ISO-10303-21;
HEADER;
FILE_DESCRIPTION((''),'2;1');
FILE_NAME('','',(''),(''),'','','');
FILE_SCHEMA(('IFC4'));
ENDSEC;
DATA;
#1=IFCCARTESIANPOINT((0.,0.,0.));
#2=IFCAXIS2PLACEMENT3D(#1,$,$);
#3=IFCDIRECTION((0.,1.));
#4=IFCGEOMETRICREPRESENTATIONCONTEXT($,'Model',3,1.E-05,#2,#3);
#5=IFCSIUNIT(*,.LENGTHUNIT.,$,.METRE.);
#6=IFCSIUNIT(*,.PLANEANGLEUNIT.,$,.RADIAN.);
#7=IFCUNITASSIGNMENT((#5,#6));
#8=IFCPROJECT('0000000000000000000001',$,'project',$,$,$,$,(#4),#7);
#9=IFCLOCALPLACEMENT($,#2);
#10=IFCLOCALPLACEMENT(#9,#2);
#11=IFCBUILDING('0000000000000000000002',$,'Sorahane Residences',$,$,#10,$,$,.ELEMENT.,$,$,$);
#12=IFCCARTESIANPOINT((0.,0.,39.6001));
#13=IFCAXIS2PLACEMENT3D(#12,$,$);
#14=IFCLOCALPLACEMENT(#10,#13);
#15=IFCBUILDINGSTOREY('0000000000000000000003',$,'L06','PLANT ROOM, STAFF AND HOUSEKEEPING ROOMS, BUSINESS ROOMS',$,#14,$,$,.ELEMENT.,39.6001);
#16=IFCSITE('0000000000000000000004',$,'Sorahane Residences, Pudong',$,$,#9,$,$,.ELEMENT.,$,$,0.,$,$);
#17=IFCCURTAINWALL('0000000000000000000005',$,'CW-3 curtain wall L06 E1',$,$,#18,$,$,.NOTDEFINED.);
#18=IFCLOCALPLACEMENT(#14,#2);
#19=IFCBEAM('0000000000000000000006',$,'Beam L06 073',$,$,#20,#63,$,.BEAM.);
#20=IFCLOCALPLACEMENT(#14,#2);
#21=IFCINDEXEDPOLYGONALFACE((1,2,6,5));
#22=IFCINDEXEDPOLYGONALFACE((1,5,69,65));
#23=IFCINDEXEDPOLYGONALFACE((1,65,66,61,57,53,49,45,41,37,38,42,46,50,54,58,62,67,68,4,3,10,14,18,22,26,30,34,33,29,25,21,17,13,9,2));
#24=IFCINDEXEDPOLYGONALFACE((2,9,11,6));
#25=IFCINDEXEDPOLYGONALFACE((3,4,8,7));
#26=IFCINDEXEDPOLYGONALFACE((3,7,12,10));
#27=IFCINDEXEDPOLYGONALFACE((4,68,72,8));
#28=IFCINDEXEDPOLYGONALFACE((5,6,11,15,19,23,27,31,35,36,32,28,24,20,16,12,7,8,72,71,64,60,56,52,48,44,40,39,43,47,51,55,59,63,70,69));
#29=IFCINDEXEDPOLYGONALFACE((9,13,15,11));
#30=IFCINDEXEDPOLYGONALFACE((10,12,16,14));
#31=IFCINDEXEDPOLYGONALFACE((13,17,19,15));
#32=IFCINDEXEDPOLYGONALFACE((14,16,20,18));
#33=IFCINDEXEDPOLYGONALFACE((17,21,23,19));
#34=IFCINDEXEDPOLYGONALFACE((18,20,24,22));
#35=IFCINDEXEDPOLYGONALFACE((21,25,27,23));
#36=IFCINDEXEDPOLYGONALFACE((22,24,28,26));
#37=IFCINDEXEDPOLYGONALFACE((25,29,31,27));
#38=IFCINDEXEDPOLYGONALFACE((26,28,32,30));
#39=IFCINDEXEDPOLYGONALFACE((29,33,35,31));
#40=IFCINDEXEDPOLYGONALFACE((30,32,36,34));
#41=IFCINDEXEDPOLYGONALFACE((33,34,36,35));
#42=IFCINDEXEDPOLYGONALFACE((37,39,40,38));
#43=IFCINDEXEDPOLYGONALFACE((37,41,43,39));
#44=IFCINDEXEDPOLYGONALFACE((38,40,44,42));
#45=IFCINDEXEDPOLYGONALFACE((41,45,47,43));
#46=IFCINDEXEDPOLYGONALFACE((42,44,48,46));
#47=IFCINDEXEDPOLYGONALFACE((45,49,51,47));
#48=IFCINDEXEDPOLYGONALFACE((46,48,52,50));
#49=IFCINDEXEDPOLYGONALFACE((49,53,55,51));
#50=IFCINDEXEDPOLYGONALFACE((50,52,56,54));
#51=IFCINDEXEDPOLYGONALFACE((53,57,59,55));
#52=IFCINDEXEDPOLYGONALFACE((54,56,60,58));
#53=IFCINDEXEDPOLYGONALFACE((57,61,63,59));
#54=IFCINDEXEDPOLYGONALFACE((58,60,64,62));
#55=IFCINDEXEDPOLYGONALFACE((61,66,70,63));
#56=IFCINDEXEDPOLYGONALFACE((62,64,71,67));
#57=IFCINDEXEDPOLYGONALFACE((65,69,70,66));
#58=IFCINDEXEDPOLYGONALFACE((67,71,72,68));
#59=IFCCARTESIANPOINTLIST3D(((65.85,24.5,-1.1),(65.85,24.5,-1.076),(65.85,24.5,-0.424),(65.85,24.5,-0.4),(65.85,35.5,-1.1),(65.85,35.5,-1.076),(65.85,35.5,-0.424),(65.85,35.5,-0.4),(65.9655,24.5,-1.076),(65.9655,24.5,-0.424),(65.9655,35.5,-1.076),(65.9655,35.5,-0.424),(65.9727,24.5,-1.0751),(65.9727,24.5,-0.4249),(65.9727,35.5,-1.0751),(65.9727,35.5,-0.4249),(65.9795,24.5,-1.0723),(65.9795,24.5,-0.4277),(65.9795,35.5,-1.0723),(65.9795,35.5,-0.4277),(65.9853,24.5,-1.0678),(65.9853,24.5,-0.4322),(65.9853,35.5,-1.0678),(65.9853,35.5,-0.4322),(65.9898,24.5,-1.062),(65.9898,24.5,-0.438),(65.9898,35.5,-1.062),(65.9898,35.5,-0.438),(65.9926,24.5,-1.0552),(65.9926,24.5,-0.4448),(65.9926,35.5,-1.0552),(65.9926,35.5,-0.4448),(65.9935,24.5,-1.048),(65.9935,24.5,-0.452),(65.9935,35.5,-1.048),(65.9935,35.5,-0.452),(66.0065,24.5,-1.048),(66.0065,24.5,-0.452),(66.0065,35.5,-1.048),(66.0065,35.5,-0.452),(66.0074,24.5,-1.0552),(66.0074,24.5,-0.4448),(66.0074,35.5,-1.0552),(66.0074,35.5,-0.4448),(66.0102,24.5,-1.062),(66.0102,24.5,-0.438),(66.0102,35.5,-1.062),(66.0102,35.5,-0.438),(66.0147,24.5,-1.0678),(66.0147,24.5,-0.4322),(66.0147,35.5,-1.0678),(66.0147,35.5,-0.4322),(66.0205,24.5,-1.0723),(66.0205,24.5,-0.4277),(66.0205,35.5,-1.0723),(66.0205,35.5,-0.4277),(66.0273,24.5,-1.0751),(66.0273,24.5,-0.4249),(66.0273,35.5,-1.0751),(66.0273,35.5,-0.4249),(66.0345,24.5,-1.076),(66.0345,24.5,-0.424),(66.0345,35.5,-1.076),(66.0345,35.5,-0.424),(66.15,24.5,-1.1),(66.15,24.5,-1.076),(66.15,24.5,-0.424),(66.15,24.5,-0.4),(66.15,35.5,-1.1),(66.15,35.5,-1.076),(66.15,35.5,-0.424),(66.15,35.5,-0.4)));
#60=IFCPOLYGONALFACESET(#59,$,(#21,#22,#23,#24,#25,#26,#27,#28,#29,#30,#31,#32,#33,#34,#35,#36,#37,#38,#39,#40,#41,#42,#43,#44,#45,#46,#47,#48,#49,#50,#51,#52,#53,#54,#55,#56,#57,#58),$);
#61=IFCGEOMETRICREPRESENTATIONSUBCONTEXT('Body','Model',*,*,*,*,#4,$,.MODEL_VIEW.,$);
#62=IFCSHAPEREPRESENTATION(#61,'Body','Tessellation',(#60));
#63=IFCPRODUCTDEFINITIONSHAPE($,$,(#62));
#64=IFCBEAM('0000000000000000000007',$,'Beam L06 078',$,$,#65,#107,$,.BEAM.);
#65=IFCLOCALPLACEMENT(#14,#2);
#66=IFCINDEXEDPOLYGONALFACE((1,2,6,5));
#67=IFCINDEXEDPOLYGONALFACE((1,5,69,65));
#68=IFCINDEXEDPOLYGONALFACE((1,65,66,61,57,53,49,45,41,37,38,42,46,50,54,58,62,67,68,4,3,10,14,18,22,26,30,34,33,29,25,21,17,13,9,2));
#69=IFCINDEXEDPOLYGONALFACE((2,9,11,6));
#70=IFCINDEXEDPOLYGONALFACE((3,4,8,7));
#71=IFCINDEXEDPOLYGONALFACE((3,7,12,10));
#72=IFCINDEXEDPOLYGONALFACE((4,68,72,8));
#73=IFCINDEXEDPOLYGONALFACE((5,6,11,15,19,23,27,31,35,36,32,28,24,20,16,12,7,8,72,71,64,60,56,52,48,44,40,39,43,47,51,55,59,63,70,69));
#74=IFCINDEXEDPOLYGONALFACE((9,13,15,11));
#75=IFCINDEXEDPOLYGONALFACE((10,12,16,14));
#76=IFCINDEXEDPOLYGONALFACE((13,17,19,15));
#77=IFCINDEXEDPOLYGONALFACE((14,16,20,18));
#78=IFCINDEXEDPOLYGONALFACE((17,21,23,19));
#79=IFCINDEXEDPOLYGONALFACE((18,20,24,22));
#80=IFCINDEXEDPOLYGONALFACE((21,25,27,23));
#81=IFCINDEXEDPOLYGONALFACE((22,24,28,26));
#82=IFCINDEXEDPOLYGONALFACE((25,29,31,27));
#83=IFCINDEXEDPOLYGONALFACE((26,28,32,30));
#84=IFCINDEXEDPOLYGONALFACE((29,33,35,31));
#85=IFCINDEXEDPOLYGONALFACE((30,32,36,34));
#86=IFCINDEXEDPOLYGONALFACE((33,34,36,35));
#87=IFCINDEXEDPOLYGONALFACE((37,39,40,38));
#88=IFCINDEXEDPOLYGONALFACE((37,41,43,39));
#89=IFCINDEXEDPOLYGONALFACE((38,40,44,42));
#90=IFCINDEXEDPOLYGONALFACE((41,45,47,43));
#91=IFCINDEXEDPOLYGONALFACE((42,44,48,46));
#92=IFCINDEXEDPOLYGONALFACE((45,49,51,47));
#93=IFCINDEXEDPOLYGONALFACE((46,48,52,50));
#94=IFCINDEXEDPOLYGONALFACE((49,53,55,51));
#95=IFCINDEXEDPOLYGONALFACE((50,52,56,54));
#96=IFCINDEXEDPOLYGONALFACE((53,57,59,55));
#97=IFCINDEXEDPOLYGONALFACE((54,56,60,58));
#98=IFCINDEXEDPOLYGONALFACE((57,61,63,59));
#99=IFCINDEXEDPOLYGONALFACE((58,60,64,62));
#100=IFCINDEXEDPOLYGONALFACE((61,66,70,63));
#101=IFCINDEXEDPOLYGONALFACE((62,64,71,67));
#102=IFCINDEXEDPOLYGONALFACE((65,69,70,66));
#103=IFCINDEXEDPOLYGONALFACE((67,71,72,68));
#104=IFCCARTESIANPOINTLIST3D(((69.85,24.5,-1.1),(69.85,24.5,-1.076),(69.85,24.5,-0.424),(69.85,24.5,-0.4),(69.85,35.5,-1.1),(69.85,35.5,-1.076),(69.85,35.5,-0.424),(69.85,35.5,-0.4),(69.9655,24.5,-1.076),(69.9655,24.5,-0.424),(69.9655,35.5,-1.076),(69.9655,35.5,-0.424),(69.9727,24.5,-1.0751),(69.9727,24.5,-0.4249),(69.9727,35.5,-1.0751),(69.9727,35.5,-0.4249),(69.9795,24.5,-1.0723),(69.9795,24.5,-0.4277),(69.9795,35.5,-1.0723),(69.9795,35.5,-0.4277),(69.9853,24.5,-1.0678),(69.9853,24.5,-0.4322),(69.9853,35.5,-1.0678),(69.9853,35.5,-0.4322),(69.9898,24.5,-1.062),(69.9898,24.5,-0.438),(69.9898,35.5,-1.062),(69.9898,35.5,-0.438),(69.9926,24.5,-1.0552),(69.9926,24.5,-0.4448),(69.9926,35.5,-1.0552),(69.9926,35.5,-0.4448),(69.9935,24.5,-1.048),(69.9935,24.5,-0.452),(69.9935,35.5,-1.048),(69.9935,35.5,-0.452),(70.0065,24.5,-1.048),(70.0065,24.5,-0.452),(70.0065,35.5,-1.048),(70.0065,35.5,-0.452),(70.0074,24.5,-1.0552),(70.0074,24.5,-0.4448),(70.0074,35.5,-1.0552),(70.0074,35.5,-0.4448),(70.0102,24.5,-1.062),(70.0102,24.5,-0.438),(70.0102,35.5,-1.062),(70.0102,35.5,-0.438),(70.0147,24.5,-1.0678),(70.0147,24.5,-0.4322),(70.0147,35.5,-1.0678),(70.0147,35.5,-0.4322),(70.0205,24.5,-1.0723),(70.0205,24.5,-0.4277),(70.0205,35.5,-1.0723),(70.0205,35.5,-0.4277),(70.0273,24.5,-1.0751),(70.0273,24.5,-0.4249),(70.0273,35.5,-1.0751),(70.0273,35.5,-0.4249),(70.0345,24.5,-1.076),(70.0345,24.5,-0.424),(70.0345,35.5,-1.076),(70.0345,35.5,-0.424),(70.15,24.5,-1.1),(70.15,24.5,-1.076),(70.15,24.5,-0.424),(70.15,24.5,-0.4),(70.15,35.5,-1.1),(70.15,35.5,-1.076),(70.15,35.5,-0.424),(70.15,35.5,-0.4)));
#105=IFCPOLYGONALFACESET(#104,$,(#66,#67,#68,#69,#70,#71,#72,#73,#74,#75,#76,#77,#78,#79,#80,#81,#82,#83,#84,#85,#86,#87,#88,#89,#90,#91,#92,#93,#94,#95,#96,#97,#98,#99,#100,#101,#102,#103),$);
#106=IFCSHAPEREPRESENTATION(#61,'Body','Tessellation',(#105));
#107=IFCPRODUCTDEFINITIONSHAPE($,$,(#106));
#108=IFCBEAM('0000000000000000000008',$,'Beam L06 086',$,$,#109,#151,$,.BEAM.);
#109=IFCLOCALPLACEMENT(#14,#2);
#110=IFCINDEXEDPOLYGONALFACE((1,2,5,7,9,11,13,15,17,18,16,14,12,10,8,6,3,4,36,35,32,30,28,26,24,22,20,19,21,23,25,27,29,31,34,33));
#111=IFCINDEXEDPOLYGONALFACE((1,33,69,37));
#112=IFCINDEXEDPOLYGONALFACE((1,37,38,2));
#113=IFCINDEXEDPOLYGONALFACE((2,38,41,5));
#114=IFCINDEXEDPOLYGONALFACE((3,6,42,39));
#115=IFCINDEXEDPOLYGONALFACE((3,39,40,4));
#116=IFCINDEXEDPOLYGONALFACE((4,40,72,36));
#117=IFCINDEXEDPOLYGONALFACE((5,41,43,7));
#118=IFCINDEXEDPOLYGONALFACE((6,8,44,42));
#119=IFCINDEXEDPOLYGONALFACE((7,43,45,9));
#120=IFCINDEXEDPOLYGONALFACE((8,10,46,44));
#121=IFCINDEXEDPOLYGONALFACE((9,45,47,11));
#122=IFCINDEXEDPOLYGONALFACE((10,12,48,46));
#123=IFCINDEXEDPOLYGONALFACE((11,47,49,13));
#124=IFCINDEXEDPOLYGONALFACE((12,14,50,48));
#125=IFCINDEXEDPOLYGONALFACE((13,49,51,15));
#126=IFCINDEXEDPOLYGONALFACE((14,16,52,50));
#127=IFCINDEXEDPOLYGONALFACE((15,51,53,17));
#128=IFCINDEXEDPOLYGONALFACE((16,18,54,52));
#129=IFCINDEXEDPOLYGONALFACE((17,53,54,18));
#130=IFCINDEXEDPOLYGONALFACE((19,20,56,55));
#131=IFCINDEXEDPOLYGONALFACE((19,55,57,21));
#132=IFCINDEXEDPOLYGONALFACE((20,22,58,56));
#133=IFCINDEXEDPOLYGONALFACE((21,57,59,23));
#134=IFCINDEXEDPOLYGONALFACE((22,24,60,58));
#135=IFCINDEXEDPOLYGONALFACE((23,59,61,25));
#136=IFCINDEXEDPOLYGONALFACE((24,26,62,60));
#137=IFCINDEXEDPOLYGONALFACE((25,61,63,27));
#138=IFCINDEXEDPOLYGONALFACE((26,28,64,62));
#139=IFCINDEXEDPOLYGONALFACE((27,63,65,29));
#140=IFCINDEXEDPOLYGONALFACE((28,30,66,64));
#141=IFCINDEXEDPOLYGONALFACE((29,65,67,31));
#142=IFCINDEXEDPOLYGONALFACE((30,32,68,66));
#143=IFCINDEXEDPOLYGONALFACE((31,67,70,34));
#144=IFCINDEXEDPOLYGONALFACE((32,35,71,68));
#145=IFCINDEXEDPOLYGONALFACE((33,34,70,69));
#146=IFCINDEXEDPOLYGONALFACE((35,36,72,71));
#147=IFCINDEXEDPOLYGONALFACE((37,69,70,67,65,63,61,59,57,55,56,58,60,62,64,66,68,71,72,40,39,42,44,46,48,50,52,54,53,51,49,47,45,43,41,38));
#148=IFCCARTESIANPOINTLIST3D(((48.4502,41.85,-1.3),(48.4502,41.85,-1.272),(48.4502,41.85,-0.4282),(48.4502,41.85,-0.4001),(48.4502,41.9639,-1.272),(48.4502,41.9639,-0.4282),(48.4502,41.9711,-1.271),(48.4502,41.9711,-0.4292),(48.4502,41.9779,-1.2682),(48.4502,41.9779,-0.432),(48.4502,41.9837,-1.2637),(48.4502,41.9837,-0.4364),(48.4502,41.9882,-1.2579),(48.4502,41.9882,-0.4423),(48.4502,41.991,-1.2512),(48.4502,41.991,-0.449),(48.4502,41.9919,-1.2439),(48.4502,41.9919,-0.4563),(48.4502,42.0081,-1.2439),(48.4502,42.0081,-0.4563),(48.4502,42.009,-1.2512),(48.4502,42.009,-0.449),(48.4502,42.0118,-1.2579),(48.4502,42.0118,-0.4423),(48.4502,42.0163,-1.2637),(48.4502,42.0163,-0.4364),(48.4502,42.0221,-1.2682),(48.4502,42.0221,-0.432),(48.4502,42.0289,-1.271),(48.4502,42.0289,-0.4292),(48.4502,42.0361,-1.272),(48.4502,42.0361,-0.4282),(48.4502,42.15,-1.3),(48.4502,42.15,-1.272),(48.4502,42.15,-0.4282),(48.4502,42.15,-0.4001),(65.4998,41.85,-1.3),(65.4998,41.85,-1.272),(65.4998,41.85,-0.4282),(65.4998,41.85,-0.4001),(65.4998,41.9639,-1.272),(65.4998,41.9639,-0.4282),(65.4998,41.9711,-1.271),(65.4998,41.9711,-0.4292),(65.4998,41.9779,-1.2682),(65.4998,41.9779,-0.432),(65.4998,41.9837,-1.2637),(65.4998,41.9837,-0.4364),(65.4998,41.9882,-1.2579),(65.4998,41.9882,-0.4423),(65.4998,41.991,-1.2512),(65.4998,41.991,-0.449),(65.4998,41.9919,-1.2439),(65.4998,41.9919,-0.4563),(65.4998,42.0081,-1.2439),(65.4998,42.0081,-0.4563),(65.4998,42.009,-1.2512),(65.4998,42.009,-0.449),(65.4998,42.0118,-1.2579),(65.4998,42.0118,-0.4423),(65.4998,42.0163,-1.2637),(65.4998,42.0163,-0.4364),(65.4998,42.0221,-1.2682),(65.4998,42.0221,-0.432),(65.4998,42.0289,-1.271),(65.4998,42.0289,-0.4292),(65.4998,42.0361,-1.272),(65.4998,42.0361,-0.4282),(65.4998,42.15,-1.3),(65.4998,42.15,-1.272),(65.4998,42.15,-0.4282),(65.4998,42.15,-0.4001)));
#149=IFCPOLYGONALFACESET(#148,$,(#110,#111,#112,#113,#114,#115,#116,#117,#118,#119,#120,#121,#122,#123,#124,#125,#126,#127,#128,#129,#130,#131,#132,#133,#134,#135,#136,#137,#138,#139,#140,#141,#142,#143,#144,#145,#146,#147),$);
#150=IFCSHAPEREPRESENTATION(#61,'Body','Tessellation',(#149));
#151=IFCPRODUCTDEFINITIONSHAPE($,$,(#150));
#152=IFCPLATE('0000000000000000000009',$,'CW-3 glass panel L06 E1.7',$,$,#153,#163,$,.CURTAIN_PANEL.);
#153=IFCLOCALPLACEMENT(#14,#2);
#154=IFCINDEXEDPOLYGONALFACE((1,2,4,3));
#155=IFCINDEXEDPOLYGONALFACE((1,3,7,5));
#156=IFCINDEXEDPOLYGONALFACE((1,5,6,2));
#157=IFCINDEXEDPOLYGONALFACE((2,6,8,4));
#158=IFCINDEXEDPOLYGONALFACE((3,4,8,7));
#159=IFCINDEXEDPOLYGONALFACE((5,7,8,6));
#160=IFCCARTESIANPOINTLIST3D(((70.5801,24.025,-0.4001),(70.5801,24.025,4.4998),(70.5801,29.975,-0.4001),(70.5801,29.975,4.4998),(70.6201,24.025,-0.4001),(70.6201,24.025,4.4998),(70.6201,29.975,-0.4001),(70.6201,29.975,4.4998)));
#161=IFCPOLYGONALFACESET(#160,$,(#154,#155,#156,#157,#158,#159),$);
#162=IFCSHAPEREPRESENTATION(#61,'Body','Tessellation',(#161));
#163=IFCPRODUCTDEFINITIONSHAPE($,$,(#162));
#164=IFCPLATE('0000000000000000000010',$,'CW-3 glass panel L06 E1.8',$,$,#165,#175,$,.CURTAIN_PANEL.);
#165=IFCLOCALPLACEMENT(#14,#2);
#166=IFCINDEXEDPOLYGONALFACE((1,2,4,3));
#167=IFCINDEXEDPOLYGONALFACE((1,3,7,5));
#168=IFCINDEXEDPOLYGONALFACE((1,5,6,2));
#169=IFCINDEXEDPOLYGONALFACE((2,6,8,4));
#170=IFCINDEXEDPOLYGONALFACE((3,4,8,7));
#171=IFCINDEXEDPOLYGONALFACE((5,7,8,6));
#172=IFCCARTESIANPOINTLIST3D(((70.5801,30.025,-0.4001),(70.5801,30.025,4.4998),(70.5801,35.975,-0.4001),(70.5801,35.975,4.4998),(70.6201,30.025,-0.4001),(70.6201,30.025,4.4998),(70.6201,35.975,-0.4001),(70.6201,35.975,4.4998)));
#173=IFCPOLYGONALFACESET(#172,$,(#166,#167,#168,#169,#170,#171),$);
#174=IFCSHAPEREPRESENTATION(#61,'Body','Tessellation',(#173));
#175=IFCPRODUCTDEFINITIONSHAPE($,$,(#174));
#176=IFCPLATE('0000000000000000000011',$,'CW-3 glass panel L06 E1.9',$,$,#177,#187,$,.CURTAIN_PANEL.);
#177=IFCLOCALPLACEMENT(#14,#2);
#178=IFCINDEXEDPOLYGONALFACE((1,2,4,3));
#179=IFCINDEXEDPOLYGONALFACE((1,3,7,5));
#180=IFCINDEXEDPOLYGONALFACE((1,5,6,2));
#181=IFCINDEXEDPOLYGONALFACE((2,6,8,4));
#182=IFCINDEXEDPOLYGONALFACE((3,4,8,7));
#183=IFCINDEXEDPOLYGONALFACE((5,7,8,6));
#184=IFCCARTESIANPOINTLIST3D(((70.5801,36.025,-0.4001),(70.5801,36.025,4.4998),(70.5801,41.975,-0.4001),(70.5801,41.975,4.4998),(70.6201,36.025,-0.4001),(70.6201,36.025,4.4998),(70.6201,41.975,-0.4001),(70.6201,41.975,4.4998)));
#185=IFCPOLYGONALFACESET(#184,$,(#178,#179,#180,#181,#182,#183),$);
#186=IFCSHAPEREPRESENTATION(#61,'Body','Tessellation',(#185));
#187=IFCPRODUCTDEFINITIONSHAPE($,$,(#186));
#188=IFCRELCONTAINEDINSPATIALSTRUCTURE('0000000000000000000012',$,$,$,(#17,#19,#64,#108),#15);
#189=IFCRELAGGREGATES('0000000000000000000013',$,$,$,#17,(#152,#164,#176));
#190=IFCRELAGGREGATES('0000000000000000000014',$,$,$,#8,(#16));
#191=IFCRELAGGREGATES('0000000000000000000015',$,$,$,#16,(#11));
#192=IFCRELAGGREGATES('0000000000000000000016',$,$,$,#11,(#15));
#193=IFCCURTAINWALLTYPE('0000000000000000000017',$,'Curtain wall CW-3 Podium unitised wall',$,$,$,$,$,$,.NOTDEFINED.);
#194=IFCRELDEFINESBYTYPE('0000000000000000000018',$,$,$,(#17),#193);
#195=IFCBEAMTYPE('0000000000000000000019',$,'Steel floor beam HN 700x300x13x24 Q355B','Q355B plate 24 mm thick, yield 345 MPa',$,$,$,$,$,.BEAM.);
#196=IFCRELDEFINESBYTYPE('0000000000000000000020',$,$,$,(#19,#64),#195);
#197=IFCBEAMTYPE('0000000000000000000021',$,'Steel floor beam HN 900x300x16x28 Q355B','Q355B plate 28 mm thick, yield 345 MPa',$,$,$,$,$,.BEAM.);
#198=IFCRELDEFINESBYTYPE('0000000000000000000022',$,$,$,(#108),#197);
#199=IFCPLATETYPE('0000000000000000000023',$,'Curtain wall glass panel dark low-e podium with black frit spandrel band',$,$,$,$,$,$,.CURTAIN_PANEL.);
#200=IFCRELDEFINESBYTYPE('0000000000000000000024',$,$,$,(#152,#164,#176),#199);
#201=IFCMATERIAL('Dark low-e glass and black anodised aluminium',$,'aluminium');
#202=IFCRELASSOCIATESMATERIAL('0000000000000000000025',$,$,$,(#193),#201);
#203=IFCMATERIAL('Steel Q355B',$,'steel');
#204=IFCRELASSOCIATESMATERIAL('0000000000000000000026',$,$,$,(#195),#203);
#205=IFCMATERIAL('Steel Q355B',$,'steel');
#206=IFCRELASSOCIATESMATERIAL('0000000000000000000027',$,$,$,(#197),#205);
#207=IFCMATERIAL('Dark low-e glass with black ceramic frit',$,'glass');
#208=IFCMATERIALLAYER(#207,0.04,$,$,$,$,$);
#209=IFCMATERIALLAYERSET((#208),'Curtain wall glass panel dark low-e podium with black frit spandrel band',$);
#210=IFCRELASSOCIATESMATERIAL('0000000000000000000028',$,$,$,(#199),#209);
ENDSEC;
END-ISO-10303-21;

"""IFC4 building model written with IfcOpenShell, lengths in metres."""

from ifc_helpers import new_model, si_unit, direction, frame, origin, origin_2d, place, context, subcontext, project, spatial, rectangle, i_section, extrude, material, layer, layer_set, material_profile, profile_set, type_object, element, aggregate, save


model = new_model("IFC4")

# Units and contexts
model_context = context("Model", 3, precision=1e-05, world=origin(), true_north=direction((0.0, 1.0)))
body_context = subcontext(model_context, "Body", "Model", "MODEL_VIEW")
ifc_project = project(units=[si_unit("LENGTHUNIT", "METRE"), si_unit("PLANEANGLEUNIT", "RADIAN")], contexts=[model_context])

# Site, building, storey
site_placement = place(None, origin())
site = spatial("IfcSite", under=ifc_project, at=site_placement, Name="Sorahane Residences, Pudong", CompositionType="ELEMENT", RefElevation=0.0)
building_placement = place(site_placement, origin())
building = spatial("IfcBuilding", under=site, at=building_placement, Name="Sorahane Residences", CompositionType="ELEMENT")
storey_placement = place(building_placement, frame((0.0, 0.0, 39.6001)))
storey = spatial("IfcBuildingStorey", under=building, at=storey_placement, Name="L06", Description="PLANT ROOM, STAFF AND HOUSEKEEPING ROOMS, BUSINESS ROOMS", CompositionType="ELEMENT", Elevation=39.6001)

# Curtain wall
ifc_material_1 = material(Name="Dark low-e glass and black anodised aluminium", Category="aluminium")
curtain_wall_type = type_object("IfcCurtainWallType", Name="Curtain wall CW-3 Podium unitised wall", PredefinedType="NOTDEFINED", material=ifc_material_1)
curtain_wall_placement = place(storey_placement, origin())
curtain_wall = element("IfcCurtainWall", 1, at=curtain_wall_placement, inside=storey, type_object=curtain_wall_type, Name="CW-3 curtain wall L06 E1", PredefinedType="NOTDEFINED")

# Beams
ifc_material_2 = material(Name="Steel Q355B", Category="steel")
ifc_material_profile_1 = material_profile(ifc_material_2, i_section(OverallWidth=0.3, OverallDepth=0.7, WebThickness=0.0129, FlangeThickness=0.0239, FilletRadius=0.0281, at=origin_2d()), Name="HN 700x300x13x24")
ifc_profile_set_1 = profile_set([ifc_material_profile_1], Name="Steel Q355B")
beam_type_1 = type_object("IfcBeamType", Name="Steel floor beam HN 700x300x13x24 Q355B", Description="Q355B plate 24 mm thick, yield 345 MPa", PredefinedType="BEAM", material=ifc_profile_set_1)
for number, where, z_axis, x_axis, name in (
    (2, (66.0, 24.5, -0.75), (0.0, 1.0, 0.0), (-1.0, 0.0, 0.0), "Beam L06 073"),
    (3, (70.0, 24.5, -0.75), (0.0, 1.0, 0.0), (-1.0, 0.0, 0.0), "Beam L06 078"),
):
    element("IfcBeam", number, at=place(storey_placement, frame(where, z_axis=z_axis, x_axis=x_axis)), inside=storey, type_object=beam_type_1, Name=name, PredefinedType="BEAM", context=body_context, shape_type="SweptSolid", body=[
        extrude(i_section(OverallWidth=0.3, OverallDepth=0.7, WebThickness=0.0129, FlangeThickness=0.0239, FilletRadius=0.0281, at=origin_2d()), origin(), (0.0, 0.0, 1.0), 11.0),
    ])
ifc_material_3 = material(Name="Steel Q355B", Category="steel")
ifc_material_profile_2 = material_profile(ifc_material_3, i_section(OverallWidth=0.3, OverallDepth=0.8999, WebThickness=0.0161, FlangeThickness=0.0281, FilletRadius=0.0281, at=origin_2d()), Name="HN 900x300x16x28")
ifc_profile_set_2 = profile_set([ifc_material_profile_2], Name="Steel Q355B")
beam_type_2 = type_object("IfcBeamType", Name="Steel floor beam HN 900x300x16x28 Q355B", Description="Q355B plate 28 mm thick, yield 345 MPa", PredefinedType="BEAM", material=ifc_profile_set_2)
beam_1_placement = place(storey_placement, frame((48.4502, 42.0, -0.8501), z_axis=(1.0, 0.0, 0.0), x_axis=(0.0, 1.0, 0.0)))
element("IfcBeam", 4, at=beam_1_placement, inside=storey, type_object=beam_type_2, Name="Beam L06 086", PredefinedType="BEAM", context=body_context, shape_type="SweptSolid", body=[
    extrude(i_section(OverallWidth=0.3, OverallDepth=0.8999, WebThickness=0.0161, FlangeThickness=0.0281, FilletRadius=0.0281, at=origin_2d()), origin(), (0.0, 0.0, 1.0), 17.0496),
])

# Plates
ifc_material_4 = material(Name="Dark low-e glass with black ceramic frit", Category="glass")
ifc_layer_1 = layer(ifc_material_4, 0.04)
ifc_layer_set_1 = layer_set([ifc_layer_1], Name="Curtain wall glass panel dark low-e podium with black frit spandrel band")
plate_type = type_object("IfcPlateType", Name="Curtain wall glass panel dark low-e podium with black frit spandrel band", PredefinedType="CURTAIN_PANEL", material=ifc_layer_set_1)
plate_1_placement = place(storey_placement, frame((70.6001, 27.0, -0.4001), z_axis=(0.0, 0.0, 1.0), x_axis=(0.0, 1.0, 0.0)))
plate_1 = element("IfcPlate", 5, at=plate_1_placement, type_object=plate_type, Name="CW-3 glass panel L06 E1.7", PredefinedType="CURTAIN_PANEL", context=body_context, shape_type="SweptSolid", body=[
    extrude(rectangle(XDim=5.95, YDim=0.04, at=origin_2d()), origin(), (0.0, 0.0, 1.0), 4.8999),
])
plate_2_placement = place(storey_placement, frame((70.6001, 33.0, -0.4001), z_axis=(0.0, 0.0, 1.0), x_axis=(0.0, 1.0, 0.0)))
plate_2 = element("IfcPlate", 6, at=plate_2_placement, type_object=plate_type, Name="CW-3 glass panel L06 E1.8", PredefinedType="CURTAIN_PANEL", context=body_context, shape_type="SweptSolid", body=[
    extrude(rectangle(XDim=5.95, YDim=0.04, at=origin_2d()), origin(), (0.0, 0.0, 1.0), 4.8999),
])
plate_3_placement = place(storey_placement, frame((70.6001, 39.0, -0.4001), z_axis=(0.0, 0.0, 1.0), x_axis=(0.0, 1.0, 0.0)))
plate_3 = element("IfcPlate", 7, at=plate_3_placement, type_object=plate_type, Name="CW-3 glass panel L06 E1.9", PredefinedType="CURTAIN_PANEL", context=body_context, shape_type="SweptSolid", body=[
    extrude(rectangle(XDim=5.95, YDim=0.04, at=origin_2d()), origin(), (0.0, 0.0, 1.0), 4.8999),
])
aggregate(curtain_wall, [plate_1, plate_2, plate_3])

save(model, "model.ifc")
